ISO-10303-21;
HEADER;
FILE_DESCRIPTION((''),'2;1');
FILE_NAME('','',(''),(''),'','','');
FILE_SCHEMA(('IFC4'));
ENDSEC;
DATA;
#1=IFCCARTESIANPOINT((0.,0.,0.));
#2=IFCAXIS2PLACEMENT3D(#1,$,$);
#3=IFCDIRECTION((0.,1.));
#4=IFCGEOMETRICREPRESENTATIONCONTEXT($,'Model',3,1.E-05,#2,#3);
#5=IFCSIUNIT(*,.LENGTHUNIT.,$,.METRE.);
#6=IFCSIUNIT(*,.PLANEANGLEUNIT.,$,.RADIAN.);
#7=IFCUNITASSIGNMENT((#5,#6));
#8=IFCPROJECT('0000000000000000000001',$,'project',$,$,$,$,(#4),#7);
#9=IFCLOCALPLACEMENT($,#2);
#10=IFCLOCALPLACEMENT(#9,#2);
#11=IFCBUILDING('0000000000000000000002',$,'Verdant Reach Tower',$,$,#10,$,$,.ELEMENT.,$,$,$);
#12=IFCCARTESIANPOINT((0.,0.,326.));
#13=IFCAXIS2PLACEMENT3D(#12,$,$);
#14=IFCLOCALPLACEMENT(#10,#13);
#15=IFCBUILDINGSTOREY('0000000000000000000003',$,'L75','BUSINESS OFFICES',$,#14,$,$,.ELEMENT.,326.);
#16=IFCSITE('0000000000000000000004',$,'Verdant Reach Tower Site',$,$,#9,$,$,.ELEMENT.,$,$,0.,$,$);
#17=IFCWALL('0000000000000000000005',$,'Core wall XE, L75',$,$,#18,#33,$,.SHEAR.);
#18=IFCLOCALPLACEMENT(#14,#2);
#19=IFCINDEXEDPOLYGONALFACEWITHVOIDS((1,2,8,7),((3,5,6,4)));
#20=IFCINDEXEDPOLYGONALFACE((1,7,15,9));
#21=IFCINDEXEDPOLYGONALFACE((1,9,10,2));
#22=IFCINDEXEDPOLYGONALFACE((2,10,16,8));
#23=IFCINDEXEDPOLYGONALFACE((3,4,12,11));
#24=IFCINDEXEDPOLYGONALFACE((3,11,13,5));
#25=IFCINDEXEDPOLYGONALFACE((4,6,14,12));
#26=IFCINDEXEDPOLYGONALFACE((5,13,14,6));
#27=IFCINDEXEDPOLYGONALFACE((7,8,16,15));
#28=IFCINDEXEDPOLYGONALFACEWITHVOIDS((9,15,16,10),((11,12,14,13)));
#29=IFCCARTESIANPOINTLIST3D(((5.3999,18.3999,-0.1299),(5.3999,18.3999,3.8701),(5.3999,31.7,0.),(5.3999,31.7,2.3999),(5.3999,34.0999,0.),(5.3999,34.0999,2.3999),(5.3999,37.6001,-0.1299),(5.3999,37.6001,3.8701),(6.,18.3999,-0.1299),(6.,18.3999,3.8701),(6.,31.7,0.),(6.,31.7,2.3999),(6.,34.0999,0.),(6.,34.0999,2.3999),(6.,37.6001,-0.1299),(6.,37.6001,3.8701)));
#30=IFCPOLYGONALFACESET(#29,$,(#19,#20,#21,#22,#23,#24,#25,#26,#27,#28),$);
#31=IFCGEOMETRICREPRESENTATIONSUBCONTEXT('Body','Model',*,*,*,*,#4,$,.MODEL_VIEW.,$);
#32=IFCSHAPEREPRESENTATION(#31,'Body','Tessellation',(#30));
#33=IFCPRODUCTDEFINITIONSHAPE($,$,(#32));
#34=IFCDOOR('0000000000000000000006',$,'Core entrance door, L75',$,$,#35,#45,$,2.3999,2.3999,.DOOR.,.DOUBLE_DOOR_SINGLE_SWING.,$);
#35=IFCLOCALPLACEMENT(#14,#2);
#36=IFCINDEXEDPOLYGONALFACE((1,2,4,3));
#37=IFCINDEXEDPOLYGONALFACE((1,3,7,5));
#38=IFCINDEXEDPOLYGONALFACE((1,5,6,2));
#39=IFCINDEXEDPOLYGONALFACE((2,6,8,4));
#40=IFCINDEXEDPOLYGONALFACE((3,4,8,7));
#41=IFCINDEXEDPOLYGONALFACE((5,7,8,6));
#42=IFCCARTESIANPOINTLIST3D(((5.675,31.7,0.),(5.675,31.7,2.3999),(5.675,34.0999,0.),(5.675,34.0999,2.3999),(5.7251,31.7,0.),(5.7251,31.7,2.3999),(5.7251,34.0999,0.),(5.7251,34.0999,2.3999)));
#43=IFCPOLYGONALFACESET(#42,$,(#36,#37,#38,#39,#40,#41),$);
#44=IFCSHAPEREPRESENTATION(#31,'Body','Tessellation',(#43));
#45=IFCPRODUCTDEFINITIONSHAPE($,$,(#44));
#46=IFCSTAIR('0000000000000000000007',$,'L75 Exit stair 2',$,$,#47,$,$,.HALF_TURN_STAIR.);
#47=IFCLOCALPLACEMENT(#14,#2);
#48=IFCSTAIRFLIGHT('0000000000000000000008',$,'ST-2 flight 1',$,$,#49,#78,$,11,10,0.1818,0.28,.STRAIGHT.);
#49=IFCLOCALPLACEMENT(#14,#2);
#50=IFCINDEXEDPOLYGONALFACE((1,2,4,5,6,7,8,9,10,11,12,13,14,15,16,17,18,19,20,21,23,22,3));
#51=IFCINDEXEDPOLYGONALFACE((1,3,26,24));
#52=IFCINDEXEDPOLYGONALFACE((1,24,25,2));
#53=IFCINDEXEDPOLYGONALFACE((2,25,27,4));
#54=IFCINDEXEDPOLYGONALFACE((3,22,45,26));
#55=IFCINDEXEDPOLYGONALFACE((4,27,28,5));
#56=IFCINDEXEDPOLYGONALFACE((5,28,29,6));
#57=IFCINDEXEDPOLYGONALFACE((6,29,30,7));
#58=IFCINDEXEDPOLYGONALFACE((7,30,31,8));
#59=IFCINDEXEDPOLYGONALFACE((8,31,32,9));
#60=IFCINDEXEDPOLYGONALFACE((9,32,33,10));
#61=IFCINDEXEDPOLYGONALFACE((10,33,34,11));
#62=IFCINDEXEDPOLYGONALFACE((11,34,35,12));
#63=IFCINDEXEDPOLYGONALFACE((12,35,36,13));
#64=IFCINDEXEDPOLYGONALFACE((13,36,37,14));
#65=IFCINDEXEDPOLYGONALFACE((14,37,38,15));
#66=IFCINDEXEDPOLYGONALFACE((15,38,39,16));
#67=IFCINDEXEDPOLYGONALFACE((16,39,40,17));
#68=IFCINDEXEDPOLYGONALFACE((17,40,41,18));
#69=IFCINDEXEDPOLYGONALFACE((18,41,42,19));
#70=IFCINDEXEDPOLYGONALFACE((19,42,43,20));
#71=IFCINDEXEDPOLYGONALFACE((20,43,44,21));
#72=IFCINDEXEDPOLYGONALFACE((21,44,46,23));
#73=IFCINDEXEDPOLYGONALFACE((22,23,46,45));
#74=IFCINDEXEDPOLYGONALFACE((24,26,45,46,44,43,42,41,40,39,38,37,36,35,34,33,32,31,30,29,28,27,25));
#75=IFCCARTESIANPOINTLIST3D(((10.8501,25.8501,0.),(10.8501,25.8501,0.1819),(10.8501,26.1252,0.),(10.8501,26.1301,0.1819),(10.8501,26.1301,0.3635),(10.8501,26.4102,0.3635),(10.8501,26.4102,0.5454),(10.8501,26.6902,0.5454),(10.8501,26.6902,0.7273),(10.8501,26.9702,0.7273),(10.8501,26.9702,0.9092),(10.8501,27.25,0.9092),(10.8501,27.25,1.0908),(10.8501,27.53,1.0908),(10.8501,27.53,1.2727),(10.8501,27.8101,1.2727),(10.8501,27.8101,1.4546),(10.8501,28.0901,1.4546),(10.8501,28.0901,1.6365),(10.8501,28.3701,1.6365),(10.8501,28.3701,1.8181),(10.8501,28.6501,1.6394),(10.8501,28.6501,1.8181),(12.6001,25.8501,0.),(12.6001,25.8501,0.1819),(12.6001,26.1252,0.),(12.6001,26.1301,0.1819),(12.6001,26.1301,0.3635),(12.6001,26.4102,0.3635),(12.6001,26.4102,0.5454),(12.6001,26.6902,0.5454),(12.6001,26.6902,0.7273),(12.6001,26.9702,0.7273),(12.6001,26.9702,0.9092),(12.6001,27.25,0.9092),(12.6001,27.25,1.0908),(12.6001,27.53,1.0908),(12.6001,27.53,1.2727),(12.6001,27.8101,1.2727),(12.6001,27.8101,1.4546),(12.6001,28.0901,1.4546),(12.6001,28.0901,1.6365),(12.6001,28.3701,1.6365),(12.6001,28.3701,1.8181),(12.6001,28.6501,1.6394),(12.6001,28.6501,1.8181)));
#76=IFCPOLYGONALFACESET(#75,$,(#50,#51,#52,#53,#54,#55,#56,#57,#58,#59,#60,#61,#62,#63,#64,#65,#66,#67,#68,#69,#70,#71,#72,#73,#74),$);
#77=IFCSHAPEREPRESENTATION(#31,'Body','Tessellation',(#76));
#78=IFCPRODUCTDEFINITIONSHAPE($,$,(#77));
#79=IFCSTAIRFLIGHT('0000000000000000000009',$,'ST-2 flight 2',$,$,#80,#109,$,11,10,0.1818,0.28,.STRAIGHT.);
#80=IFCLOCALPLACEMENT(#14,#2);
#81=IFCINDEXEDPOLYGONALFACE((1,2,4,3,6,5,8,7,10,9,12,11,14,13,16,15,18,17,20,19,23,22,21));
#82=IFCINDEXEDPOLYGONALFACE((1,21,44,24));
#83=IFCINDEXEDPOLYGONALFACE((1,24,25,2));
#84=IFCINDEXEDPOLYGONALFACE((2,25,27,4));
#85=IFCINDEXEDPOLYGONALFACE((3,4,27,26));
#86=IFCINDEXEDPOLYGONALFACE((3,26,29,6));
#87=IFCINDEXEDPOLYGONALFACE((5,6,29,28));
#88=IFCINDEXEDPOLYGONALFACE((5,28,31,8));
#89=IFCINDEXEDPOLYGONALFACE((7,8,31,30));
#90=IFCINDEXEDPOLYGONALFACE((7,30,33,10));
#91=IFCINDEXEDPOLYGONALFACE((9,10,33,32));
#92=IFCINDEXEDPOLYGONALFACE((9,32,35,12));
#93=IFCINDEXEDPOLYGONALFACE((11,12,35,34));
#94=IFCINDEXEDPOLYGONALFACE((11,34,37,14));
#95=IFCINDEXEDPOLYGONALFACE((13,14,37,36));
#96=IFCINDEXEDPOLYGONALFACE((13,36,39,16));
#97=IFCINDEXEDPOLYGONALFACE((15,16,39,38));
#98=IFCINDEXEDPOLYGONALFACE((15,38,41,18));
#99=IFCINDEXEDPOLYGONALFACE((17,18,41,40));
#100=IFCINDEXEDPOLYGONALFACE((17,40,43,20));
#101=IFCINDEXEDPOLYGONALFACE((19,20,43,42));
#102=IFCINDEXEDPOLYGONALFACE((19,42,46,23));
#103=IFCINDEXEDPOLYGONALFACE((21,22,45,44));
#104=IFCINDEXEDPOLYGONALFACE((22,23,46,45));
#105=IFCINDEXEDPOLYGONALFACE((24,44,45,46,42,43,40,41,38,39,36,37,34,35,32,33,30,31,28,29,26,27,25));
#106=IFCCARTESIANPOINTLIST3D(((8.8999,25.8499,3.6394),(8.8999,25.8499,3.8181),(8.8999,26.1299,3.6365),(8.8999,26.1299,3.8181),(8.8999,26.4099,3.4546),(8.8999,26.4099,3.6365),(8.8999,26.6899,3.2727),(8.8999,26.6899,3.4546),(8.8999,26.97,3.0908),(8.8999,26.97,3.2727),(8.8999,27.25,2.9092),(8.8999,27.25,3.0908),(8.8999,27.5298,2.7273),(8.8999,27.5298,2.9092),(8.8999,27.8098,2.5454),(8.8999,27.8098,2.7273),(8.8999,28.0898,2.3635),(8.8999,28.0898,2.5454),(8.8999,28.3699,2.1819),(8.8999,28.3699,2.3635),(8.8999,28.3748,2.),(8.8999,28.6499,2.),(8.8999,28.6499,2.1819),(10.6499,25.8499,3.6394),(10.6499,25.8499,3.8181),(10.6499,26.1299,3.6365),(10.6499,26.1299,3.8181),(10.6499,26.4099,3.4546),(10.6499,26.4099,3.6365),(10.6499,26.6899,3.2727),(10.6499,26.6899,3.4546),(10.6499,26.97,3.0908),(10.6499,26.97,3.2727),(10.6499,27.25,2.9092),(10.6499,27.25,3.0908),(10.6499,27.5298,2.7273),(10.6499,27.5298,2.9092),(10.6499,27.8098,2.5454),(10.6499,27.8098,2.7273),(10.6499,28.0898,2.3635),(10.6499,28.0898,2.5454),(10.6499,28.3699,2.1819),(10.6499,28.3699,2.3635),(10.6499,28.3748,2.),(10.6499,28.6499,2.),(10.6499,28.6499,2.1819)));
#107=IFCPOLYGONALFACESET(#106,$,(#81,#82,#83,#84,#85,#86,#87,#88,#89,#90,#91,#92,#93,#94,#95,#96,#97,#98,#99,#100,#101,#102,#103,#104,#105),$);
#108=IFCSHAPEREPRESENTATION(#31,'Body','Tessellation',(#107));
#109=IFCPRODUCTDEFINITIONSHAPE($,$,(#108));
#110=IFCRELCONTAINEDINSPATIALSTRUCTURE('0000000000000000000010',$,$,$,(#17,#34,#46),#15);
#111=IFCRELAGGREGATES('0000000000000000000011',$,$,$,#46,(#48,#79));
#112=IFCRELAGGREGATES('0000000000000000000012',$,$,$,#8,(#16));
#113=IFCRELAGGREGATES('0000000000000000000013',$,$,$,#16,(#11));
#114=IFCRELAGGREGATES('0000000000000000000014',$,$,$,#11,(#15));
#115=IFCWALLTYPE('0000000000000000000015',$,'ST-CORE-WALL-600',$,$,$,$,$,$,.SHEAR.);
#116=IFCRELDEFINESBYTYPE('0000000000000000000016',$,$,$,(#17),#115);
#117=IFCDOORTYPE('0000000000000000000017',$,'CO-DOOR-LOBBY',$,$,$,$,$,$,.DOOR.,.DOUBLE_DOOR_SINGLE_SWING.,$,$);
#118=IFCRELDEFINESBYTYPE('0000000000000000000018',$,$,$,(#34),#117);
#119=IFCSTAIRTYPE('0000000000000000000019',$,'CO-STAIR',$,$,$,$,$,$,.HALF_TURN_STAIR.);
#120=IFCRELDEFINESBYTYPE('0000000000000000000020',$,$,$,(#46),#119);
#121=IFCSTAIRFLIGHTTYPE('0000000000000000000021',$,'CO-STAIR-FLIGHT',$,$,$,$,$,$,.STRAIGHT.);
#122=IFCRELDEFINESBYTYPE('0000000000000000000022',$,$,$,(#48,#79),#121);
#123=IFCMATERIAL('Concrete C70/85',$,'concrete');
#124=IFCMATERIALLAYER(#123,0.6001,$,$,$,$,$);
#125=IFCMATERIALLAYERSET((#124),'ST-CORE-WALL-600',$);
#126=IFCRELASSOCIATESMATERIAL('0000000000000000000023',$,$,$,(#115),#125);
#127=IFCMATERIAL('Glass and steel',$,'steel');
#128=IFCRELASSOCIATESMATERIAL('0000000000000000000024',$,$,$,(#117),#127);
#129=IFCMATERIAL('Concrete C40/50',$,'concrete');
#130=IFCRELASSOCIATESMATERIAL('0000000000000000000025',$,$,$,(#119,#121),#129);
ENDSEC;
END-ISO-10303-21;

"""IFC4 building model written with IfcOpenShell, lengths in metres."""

from ifc_helpers import new_model, si_unit, direction, frame, frame_2d, origin, place, context, subcontext, project, spatial, polyline, rectangle, outline, extrude, material, layer, layer_set, type_object, element, fill, aggregate, save


model = new_model("IFC4")

# Units and contexts
model_context = context("Model", 3, precision=1e-05, world=origin(), true_north=direction((0.0, 1.0)))
body_context = subcontext(model_context, "Body", "Model", "MODEL_VIEW")
ifc_project = project(units=[si_unit("LENGTHUNIT", "METRE"), si_unit("PLANEANGLEUNIT", "RADIAN")], contexts=[model_context])

# Site, building, storey
site_placement = place(None, origin())
site = spatial("IfcSite", under=ifc_project, at=site_placement, Name="Verdant Reach Tower Site", CompositionType="ELEMENT", RefElevation=0.0)
building_placement = place(site_placement, origin())
building = spatial("IfcBuilding", under=site, at=building_placement, Name="Verdant Reach Tower", CompositionType="ELEMENT")
storey_placement = place(building_placement, frame((0.0, 0.0, 326.0)))
storey = spatial("IfcBuildingStorey", under=building, at=storey_placement, Name="L75", Description="BUSINESS OFFICES", CompositionType="ELEMENT", Elevation=326.0)

# Shared definitions
ifc_material_1 = material(Name="Concrete C40/50", Category="concrete")

# Shared definitions
ifc_material_2 = material(Name="Concrete C70/85", Category="concrete")
ifc_layer_1 = layer(ifc_material_2, 0.6001)
ifc_layer_set_1 = layer_set([ifc_layer_1], Name="ST-CORE-WALL-600")
wall_type_1 = type_object("IfcWallType", Name="ST-CORE-WALL-600", PredefinedType="SHEAR", material=ifc_layer_set_1)
ifc_material_3 = material(Name="Glass and steel", Category="steel")
door_type_1 = type_object("IfcDoorType", Name="CO-DOOR-LOBBY", OperationType="DOUBLE_DOOR_SINGLE_SWING", PredefinedType="DOOR", material=ifc_material_3)

# Wall, opening, door
wall_1_placement = place(storey_placement, frame((5.7, 18.3999, -0.1299), z_axis=(0.0, 0.0, 1.0), x_axis=(0.0, 1.0, 0.0)))
wall_1 = element("IfcWall", 1, at=wall_1_placement, inside=storey, type_object=wall_type_1, Name="Core wall XE, L75", PredefinedType="SHEAR", context=body_context, shape_type="SweptSolid", body=[
    extrude(rectangle(XDim=19.2002, YDim=0.6001, at=frame_2d((9.6001, 0.0))), origin(), (0.0, 0.0, 1.0), 4.0),
])
opening_1_placement = place(wall_1_placement, frame((13.3, 0.0, 0.1299)))
opening_1 = element("IfcOpeningElement", 2, at=opening_1_placement, cuts=wall_1, PredefinedType="OPENING", context=body_context, shape_type="SweptSolid", body=[
    extrude(rectangle(XDim=2.3999, YDim=2.3999, at=frame_2d((1.2, 1.2))), frame((0.0, 0.3101, 0.0), z_axis=(0.0, -1.0, 0.0), x_axis=(1.0, 0.0, 0.0)), (0.0, 0.0, 1.0), 0.6201),
])
door_1_placement = place(opening_1_placement, origin())
door_1 = element("IfcDoor", 3, at=door_1_placement, inside=storey, type_object=door_type_1, Name="Core entrance door, L75", OperationType="DOUBLE_DOOR_SINGLE_SWING", OverallHeight=2.3999, OverallWidth=2.3999, PredefinedType="DOOR", context=body_context, shape_type="SweptSolid", body=[
    extrude(rectangle(XDim=2.3999, YDim=2.3999, at=frame_2d((1.2, 1.2))), frame((0.0, 0.0249, 0.0), z_axis=(0.0, -1.0, 0.0), x_axis=(1.0, 0.0, 0.0)), (0.0, 0.0, 1.0), 0.05),
])
fill(opening_1, door_1)

# Stair, stair flights
stair_type = type_object("IfcStairType", Name="CO-STAIR", PredefinedType="HALF_TURN_STAIR", material=ifc_material_1)
stair_placement = place(storey_placement, origin())
stair = element("IfcStair", 4, at=stair_placement, inside=storey, type_object=stair_type, Name="L75 Exit stair 2", PredefinedType="HALF_TURN_STAIR")
stair_flight_type = type_object("IfcStairFlightType", Name="CO-STAIR-FLIGHT", PredefinedType="STRAIGHT", material=ifc_material_1)
stair_flight_1_placement = place(storey_placement, frame((11.7251, 25.8501, 0.0), z_axis=(0.0, 0.0, 1.0), x_axis=(0.0, 1.0, 0.0)))
stair_flight_1 = element("IfcStairFlight", 5, at=stair_flight_1_placement, type_object=stair_flight_type, Name="ST-2 flight 1", NumberOfRisers=11, NumberOfTreads=10, PredefinedType="STRAIGHT", RiserHeight=0.1818, TreadLength=0.28, context=body_context, shape_type="SweptSolid", body=[
    extrude(outline(polyline([(0.0, 0.0), (0.0, 0.1819), (0.28, 0.1819), (0.28, 0.3635), (0.5601, 0.3635), (0.5601, 0.5454), (0.8401, 0.5454), (0.8401, 0.7273), (1.1201, 0.7273), (1.1201, 0.9092), (1.3999, 0.9092), (1.3999, 1.0908), (1.6799, 1.0908), (1.6799, 1.2727), (1.96, 1.2727), (1.96, 1.4546), (2.24, 1.4546), (2.24, 1.6365), (2.52, 1.6365), (2.52, 1.8181), (2.8, 1.8181), (2.8, 2.0), (2.8, 1.6394), (0.2751, 0.0), (0.0, 0.0)])), frame((0.0, 0.875, 0.0), z_axis=(0.0, -1.0, 0.0), x_axis=(1.0, 0.0, 0.0)), (0.0, 0.0, 1.0), 1.75),
])
stair_flight_2_placement = place(storey_placement, frame((9.7749, 28.6499, 2.0), z_axis=(0.0, 0.0, 1.0), x_axis=(0.0, -1.0, 0.0)))
stair_flight_2 = element("IfcStairFlight", 6, at=stair_flight_2_placement, type_object=stair_flight_type, Name="ST-2 flight 2", NumberOfRisers=11, NumberOfTreads=10, PredefinedType="STRAIGHT", RiserHeight=0.1818, TreadLength=0.28, context=body_context, shape_type="SweptSolid", body=[
    extrude(outline(polyline([(0.0, 0.0), (0.0, 0.1819), (0.28, 0.1819), (0.28, 0.3635), (0.5601, 0.3635), (0.5601, 0.5454), (0.8401, 0.5454), (0.8401, 0.7273), (1.1201, 0.7273), (1.1201, 0.9092), (1.3999, 0.9092), (1.3999, 1.0908), (1.6799, 1.0908), (1.6799, 1.2727), (1.96, 1.2727), (1.96, 1.4546), (2.24, 1.4546), (2.24, 1.6365), (2.52, 1.6365), (2.52, 1.8181), (2.8, 1.8181), (2.8, 2.0), (2.8, 1.6394), (0.2751, 0.0), (0.0, 0.0)])), frame((0.0, 0.875, 0.0), z_axis=(0.0, -1.0, 0.0), x_axis=(1.0, 0.0, 0.0)), (0.0, 0.0, 1.0), 1.75),
])
aggregate(stair, [stair_flight_1, stair_flight_2])

save(model, "model.ifc")
